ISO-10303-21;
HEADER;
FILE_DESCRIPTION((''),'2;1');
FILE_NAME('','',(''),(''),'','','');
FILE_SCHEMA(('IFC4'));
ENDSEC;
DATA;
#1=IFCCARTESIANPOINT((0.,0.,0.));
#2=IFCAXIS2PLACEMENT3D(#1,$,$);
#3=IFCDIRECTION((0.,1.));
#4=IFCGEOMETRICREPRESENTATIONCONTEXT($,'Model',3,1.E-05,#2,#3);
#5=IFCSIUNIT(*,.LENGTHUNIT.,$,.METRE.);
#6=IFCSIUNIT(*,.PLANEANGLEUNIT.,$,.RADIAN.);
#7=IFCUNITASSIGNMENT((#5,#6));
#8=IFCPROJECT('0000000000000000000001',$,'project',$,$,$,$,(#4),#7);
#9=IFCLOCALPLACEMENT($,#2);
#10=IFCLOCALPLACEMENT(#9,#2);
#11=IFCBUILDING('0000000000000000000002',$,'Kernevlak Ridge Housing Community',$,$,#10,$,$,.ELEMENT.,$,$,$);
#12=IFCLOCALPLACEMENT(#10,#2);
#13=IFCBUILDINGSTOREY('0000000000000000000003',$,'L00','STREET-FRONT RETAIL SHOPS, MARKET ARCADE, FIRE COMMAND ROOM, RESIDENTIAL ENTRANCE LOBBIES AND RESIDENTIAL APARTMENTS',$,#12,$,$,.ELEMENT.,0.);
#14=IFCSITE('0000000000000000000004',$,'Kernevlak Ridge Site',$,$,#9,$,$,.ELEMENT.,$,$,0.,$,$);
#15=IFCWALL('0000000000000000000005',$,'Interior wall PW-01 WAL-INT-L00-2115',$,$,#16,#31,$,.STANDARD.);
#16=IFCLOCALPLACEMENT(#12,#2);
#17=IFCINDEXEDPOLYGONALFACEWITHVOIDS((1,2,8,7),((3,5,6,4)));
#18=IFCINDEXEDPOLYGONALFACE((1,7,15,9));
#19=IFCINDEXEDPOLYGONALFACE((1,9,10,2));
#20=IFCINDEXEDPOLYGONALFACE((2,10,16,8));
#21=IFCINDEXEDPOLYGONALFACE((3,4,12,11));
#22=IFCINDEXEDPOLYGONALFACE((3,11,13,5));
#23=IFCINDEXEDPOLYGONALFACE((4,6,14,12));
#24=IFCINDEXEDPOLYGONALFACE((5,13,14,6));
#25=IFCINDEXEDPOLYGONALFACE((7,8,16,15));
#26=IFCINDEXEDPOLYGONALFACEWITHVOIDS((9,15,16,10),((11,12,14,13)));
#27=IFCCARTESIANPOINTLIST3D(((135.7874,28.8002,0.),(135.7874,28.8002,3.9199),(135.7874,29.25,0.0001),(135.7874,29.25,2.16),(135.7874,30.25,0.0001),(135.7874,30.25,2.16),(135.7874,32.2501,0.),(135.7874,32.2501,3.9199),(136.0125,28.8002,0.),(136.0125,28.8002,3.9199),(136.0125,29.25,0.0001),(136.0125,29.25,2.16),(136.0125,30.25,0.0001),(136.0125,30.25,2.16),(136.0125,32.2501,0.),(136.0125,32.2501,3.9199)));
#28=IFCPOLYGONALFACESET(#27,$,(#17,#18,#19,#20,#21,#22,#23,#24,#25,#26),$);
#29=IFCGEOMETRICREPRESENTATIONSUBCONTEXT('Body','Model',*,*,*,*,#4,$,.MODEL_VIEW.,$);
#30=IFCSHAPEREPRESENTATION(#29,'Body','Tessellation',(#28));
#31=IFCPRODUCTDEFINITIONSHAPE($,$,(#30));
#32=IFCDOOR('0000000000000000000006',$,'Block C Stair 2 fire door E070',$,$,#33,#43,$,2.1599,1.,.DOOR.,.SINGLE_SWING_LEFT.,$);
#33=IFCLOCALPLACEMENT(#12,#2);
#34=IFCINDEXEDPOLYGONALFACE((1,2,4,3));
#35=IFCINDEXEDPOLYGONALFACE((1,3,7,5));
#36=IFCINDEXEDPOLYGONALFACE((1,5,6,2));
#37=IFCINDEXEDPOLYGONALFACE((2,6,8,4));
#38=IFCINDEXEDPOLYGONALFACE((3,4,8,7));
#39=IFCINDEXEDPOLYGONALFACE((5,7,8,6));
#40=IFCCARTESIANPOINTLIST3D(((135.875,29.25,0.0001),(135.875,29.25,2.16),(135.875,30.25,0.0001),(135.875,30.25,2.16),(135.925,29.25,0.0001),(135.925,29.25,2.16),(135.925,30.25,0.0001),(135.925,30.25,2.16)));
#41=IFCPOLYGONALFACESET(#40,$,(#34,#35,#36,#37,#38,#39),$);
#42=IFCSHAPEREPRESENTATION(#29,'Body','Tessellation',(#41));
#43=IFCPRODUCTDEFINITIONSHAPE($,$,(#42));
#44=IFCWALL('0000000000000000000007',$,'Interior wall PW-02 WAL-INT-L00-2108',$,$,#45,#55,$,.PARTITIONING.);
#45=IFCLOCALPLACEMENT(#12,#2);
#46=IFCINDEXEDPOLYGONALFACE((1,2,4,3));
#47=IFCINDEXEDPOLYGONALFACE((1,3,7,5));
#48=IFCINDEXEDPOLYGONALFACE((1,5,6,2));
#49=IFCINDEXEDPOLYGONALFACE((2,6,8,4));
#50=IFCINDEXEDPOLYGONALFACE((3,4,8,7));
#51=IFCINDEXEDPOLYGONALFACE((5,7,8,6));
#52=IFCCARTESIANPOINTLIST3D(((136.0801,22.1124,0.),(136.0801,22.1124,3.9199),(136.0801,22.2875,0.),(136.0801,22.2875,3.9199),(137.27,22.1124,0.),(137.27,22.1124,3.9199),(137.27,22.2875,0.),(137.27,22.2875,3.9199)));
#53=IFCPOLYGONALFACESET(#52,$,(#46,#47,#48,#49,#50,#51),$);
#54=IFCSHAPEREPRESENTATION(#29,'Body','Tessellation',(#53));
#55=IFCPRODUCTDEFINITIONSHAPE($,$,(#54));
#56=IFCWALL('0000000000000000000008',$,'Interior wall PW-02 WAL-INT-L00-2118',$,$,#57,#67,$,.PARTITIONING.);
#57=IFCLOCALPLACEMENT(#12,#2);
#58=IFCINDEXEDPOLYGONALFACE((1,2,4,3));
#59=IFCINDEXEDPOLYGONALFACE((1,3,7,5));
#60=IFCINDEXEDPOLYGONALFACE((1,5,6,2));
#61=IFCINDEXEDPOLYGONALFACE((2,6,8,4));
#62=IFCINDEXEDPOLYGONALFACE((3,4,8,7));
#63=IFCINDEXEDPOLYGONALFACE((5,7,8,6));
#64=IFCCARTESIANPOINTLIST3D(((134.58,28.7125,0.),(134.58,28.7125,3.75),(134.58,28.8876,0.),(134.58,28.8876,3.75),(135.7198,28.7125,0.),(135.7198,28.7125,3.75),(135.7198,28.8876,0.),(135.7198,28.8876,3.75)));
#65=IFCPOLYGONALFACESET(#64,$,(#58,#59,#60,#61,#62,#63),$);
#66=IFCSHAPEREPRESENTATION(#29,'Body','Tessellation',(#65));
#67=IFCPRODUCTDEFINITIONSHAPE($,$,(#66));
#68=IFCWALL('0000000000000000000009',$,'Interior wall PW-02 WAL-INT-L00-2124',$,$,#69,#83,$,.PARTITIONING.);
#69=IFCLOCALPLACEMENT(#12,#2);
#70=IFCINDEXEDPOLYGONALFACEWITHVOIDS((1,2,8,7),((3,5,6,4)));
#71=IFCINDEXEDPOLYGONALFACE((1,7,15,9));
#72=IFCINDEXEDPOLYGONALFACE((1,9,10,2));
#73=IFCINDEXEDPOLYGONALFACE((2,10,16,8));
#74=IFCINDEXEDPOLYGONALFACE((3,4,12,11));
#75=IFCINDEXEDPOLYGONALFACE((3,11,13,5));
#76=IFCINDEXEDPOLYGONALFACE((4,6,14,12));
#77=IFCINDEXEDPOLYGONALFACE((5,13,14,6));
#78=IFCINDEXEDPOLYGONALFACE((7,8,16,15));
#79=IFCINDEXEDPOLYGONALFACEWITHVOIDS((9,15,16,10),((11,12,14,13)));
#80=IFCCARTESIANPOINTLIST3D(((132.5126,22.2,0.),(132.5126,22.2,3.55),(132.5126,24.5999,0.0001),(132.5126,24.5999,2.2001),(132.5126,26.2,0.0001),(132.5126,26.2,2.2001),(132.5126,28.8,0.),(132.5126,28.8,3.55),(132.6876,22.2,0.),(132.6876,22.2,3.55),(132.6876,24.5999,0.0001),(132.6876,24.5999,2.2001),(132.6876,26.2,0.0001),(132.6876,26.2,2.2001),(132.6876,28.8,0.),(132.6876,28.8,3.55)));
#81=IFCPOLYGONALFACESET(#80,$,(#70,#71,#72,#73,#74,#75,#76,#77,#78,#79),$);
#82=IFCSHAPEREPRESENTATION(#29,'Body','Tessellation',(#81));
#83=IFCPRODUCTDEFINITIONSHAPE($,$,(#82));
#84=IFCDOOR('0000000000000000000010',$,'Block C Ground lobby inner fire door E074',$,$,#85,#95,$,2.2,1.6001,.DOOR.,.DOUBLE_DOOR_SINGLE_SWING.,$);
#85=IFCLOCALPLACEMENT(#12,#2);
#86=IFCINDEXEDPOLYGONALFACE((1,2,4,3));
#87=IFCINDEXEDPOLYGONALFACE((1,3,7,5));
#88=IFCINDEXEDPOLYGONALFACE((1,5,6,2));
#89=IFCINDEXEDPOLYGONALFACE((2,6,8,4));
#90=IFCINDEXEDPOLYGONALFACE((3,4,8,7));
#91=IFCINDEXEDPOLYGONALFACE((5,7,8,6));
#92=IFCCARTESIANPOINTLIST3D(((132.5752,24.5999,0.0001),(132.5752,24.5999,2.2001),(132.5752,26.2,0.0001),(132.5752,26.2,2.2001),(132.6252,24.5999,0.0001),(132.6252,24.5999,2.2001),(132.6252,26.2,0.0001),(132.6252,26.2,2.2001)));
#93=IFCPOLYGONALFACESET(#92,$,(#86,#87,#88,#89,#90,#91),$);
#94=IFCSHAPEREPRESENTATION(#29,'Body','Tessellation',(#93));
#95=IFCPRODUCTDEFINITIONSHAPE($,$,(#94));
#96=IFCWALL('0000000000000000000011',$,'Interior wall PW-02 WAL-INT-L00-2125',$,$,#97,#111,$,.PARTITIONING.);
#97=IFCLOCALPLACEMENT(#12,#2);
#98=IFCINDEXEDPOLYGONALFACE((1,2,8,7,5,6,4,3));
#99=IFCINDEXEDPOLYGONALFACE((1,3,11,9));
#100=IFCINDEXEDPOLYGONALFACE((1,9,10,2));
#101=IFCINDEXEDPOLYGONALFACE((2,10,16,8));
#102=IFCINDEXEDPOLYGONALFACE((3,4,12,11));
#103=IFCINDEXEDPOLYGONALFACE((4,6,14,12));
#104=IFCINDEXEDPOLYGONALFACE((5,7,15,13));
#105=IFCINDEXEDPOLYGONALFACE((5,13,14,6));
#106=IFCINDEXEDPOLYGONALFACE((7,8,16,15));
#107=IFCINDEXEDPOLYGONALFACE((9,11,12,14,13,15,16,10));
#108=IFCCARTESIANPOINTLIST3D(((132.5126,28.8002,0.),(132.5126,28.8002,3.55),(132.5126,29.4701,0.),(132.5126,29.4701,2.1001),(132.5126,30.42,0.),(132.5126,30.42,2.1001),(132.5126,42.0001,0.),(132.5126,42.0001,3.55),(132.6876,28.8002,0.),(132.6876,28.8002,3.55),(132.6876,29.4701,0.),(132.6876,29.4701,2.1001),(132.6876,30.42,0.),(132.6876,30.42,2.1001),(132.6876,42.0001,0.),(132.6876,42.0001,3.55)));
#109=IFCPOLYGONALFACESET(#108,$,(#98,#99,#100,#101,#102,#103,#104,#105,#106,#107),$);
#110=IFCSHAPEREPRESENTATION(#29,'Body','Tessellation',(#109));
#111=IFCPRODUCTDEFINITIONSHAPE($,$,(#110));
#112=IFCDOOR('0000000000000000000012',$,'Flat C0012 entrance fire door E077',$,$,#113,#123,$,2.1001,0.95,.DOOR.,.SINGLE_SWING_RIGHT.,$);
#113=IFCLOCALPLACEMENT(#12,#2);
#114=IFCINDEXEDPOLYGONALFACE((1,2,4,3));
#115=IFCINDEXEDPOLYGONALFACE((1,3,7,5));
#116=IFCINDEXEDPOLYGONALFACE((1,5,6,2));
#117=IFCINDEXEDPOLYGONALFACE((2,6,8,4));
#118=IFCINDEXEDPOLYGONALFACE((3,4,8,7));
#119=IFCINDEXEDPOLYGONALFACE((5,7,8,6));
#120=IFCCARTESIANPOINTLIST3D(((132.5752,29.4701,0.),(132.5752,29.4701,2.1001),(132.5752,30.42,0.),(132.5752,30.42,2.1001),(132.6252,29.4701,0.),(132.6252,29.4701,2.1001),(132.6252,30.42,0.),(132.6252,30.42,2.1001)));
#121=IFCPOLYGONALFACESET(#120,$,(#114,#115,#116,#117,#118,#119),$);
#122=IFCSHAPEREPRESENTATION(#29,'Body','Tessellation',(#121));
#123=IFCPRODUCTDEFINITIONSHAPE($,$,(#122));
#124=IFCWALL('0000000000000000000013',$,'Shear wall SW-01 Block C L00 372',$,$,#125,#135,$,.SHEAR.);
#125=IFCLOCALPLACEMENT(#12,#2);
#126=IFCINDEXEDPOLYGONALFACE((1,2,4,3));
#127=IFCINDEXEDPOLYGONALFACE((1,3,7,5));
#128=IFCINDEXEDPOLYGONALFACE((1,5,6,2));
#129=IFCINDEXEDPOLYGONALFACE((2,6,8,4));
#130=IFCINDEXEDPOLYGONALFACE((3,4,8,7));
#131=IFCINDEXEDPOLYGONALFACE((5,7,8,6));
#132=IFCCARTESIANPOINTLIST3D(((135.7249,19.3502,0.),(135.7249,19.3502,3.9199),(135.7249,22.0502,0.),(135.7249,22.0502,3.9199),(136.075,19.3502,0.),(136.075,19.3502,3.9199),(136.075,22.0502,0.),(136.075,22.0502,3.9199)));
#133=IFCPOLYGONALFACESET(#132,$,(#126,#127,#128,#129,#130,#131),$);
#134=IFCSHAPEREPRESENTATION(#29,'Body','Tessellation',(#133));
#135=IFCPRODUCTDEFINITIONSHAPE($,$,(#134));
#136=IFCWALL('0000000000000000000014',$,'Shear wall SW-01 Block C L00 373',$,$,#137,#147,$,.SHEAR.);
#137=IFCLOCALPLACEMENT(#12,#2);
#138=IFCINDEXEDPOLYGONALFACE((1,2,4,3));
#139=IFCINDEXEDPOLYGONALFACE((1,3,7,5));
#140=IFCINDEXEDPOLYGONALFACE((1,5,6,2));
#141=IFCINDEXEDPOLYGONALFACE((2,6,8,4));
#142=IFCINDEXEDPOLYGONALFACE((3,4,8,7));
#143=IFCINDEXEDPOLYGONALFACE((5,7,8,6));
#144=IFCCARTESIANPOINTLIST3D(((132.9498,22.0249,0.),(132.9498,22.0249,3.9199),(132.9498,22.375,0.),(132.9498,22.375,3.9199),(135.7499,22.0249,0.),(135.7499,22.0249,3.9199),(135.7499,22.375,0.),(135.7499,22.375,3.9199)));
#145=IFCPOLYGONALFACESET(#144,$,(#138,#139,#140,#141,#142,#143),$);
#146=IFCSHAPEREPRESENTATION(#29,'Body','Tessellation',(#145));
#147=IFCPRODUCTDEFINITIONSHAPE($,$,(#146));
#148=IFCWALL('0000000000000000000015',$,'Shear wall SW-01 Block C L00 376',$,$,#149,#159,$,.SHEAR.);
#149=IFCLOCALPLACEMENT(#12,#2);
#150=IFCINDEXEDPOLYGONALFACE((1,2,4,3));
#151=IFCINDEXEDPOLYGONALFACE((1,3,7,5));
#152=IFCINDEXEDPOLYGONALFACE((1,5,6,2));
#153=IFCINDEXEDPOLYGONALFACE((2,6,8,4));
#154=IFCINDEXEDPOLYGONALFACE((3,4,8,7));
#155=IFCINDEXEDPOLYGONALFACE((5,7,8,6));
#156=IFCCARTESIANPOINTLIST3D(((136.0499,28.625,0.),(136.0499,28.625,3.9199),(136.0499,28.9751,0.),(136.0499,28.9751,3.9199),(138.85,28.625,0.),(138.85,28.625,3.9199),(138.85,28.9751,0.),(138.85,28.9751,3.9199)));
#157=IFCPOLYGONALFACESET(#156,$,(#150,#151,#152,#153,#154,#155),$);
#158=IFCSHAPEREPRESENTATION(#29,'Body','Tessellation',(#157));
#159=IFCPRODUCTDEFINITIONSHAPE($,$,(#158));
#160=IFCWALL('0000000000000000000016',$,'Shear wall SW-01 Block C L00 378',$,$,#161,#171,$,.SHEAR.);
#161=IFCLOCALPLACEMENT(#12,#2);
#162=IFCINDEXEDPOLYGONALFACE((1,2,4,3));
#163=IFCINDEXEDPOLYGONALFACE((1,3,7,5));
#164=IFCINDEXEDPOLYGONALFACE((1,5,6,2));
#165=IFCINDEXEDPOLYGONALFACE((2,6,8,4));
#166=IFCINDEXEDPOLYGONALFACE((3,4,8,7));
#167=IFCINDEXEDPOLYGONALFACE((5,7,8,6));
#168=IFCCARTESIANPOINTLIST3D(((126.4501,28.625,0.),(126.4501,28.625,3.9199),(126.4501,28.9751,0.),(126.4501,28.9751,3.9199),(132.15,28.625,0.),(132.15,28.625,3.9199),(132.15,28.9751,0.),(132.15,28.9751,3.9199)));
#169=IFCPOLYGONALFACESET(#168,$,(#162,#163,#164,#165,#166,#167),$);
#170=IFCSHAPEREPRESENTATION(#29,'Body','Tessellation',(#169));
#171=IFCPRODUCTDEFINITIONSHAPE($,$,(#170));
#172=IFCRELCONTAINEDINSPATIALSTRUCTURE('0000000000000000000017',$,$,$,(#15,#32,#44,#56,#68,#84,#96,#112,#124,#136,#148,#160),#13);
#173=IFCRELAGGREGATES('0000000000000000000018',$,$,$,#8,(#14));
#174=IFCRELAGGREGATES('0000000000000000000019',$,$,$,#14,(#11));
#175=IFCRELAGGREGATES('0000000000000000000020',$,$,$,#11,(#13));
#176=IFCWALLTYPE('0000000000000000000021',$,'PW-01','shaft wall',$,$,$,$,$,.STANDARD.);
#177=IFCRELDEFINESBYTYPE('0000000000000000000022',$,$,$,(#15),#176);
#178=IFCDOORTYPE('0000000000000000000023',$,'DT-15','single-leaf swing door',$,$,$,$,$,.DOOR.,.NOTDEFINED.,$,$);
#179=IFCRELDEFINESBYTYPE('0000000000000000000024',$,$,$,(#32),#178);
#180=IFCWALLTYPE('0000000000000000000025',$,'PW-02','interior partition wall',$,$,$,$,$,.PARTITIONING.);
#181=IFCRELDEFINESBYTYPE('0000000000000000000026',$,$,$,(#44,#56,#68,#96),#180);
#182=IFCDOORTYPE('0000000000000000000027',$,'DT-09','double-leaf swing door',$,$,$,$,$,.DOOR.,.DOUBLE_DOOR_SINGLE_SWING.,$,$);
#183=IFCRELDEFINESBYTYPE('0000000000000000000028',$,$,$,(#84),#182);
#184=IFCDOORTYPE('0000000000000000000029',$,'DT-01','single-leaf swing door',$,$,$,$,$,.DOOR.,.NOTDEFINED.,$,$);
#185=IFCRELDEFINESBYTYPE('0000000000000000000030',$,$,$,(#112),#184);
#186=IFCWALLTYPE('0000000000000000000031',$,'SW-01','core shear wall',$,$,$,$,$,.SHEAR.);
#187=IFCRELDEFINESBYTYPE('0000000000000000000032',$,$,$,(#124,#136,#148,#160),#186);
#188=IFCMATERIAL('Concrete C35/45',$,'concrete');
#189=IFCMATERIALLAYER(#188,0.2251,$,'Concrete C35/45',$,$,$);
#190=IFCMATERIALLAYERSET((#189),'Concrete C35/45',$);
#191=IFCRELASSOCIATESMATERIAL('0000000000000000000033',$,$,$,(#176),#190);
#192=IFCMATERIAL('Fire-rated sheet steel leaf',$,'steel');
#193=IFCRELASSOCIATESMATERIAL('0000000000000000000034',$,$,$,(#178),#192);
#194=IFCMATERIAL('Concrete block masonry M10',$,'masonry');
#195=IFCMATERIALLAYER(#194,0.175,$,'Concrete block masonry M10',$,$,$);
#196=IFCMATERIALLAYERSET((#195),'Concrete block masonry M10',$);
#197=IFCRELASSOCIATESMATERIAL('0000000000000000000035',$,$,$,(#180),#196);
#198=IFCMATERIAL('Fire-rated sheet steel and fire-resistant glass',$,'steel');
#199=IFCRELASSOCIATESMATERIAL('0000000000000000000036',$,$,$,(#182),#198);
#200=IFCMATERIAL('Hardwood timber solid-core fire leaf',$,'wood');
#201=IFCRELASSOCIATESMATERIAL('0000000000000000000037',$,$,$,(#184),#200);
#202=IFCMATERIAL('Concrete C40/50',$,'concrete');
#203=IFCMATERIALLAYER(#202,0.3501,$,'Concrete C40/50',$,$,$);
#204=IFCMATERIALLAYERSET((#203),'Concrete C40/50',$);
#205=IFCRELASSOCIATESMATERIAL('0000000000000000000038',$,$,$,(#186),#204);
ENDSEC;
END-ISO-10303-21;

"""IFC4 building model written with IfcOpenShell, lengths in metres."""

from ifc_helpers import new_model, si_unit, direction, frame, frame_2d, origin, place, context, subcontext, project, spatial, rectangle, extrude, material, layer, layer_set, type_object, element, fill, save


model = new_model("IFC4")

# Units and contexts
model_context = context("Model", 3, precision=1e-05, world=origin(), true_north=direction((0.0, 1.0)))
body_context = subcontext(model_context, "Body", "Model", "MODEL_VIEW")
ifc_project = project(units=[si_unit("LENGTHUNIT", "METRE"), si_unit("PLANEANGLEUNIT", "RADIAN")], contexts=[model_context])

# Site, building, storey
site_placement = place(None, origin())
site = spatial("IfcSite", under=ifc_project, at=site_placement, Name="Kernevlak Ridge Site", CompositionType="ELEMENT", RefElevation=0.0)
building_placement = place(site_placement, origin())
building = spatial("IfcBuilding", under=site, at=building_placement, Name="Kernevlak Ridge Housing Community", CompositionType="ELEMENT")
storey_placement = place(building_placement, origin())
storey = spatial("IfcBuildingStorey", under=building, at=storey_placement, Name="L00", Description="STREET-FRONT RETAIL SHOPS, MARKET ARCADE, FIRE COMMAND ROOM, RESIDENTIAL ENTRANCE LOBBIES AND RESIDENTIAL APARTMENTS", CompositionType="ELEMENT", Elevation=0.0)

# Shared definitions
ifc_material_1 = material(Name="Concrete C40/50", Category="concrete")

# Shared definitions
ifc_material_2 = material(Name="Concrete C35/45", Category="concrete")

# Shared definitions
ifc_layer_1 = layer(ifc_material_2, 0.2251, Name="Concrete C35/45")
ifc_layer_set_1 = layer_set([ifc_layer_1], Name="Concrete C35/45")
wall_type_1 = type_object("IfcWallType", Name="PW-01", Description="shaft wall", PredefinedType="STANDARD", material=ifc_layer_set_1)

# Wall, opening, door
wall_1_placement = place(storey_placement, frame((135.8999, 28.8, 0.0), z_axis=(0.0, 0.0, 1.0), x_axis=(0.0, 1.0, 0.0)))
wall_1 = element("IfcWall", 1, at=wall_1_placement, inside=storey, type_object=wall_type_1, Name="Interior wall PW-01 WAL-INT-L00-2115", PredefinedType="STANDARD", context=body_context, shape_type="SweptSolid", body=[
    extrude(rectangle(XDim=3.45, YDim=0.2251, at=frame_2d((1.7251, 0.0))), origin(), (0.0, 0.0, 1.0), 3.9199),
])
opening_1_placement = place(wall_1_placement, frame((0.45, 0.0, 0.0)))
opening_1 = element("IfcOpeningElement", 2, at=opening_1_placement, cuts=wall_1, PredefinedType="OPENING", context=body_context, shape_type="SweptSolid", body=[
    extrude(rectangle(XDim=1.0, YDim=2.1599, at=frame_2d((0.5, 1.0801))), frame((0.0, 0.1226, 0.0), z_axis=(0.0, -1.0, 0.0), x_axis=(1.0, 0.0, 0.0)), (0.0, 0.0, 1.0), 0.2451),
])
ifc_material_3 = material(Name="Fire-rated sheet steel leaf", Category="steel")
door_type_1 = type_object("IfcDoorType", Name="DT-15", Description="single-leaf swing door", OperationType="NOTDEFINED", PredefinedType="DOOR", material=ifc_material_3)
door_1_placement = place(opening_1_placement, origin())
door_1 = element("IfcDoor", 3, at=door_1_placement, inside=storey, type_object=door_type_1, Name="Block C Stair 2 fire door E070", OperationType="SINGLE_SWING_LEFT", OverallHeight=2.1599, OverallWidth=1.0, PredefinedType="DOOR", context=body_context, shape_type="SweptSolid", body=[
    extrude(rectangle(XDim=1.0, YDim=2.1599, at=frame_2d((0.5, 1.0801))), frame((0.0, 0.0249, 0.0), z_axis=(0.0, -1.0, 0.0), x_axis=(1.0, 0.0, 0.0)), (0.0, 0.0, 1.0), 0.05),
])
fill(opening_1, door_1)

# Wall
ifc_material_4 = material(Name="Concrete block masonry M10", Category="masonry")
ifc_layer_2 = layer(ifc_material_4, 0.175, Name="Concrete block masonry M10")
ifc_layer_set_2 = layer_set([ifc_layer_2], Name="Concrete block masonry M10")
wall_type_2 = type_object("IfcWallType", Name="PW-02", Description="interior partition wall", PredefinedType="PARTITIONING", material=ifc_layer_set_2)
wall_2_placement = place(storey_placement, frame((136.0801, 22.2, 0.0), z_axis=(0.0, 0.0, 1.0), x_axis=(1.0, 0.0, 0.0)))
element("IfcWall", 4, at=wall_2_placement, inside=storey, type_object=wall_type_2, Name="Interior wall PW-02 WAL-INT-L00-2108", PredefinedType="PARTITIONING", context=body_context, shape_type="SweptSolid", body=[
    extrude(rectangle(XDim=1.1899, YDim=0.175, at=frame_2d((0.595, 0.0))), origin(), (0.0, 0.0, 1.0), 3.9199),
])

# Wall
wall_3_placement = place(storey_placement, frame((134.5801, 28.8, 0.0), z_axis=(0.0, 0.0, 1.0), x_axis=(1.0, 0.0, 0.0)))
element("IfcWall", 5, at=wall_3_placement, inside=storey, type_object=wall_type_2, Name="Interior wall PW-02 WAL-INT-L00-2118", PredefinedType="PARTITIONING", context=body_context, shape_type="SweptSolid", body=[
    extrude(rectangle(XDim=1.1399, YDim=0.175, at=frame_2d((0.5698, 0.0))), origin(), (0.0, 0.0, 1.0), 3.75),
])

# Walls, openings, doors
wall_4_placement = place(storey_placement, frame((132.6001, 22.2, 0.0), z_axis=(0.0, 0.0, 1.0), x_axis=(0.0, 1.0, 0.0)))
wall_4 = element("IfcWall", 6, at=wall_4_placement, inside=storey, type_object=wall_type_2, Name="Interior wall PW-02 WAL-INT-L00-2124", PredefinedType="PARTITIONING", context=body_context, shape_type="SweptSolid", body=[
    extrude(rectangle(XDim=6.6001, YDim=0.175, at=frame_2d((3.3, 0.0))), origin(), (0.0, 0.0, 1.0), 3.55),
])
opening_2_placement = place(wall_4_placement, frame((2.3999, 0.0, 0.0)))
opening_2 = element("IfcOpeningElement", 7, at=opening_2_placement, cuts=wall_4, PredefinedType="OPENING", context=body_context, shape_type="SweptSolid", body=[
    extrude(rectangle(XDim=1.6001, YDim=2.2, at=frame_2d((0.8, 1.1001))), frame((0.0, 0.0974, 0.0), z_axis=(0.0, -1.0, 0.0), x_axis=(1.0, 0.0, 0.0)), (0.0, 0.0, 1.0), 0.1951),
])
ifc_material_5 = material(Name="Fire-rated sheet steel and fire-resistant glass", Category="steel")
door_type_2 = type_object("IfcDoorType", Name="DT-09", Description="double-leaf swing door", OperationType="DOUBLE_DOOR_SINGLE_SWING", PredefinedType="DOOR", material=ifc_material_5)
door_2_placement = place(opening_2_placement, origin())
door_2 = element("IfcDoor", 8, at=door_2_placement, inside=storey, type_object=door_type_2, Name="Block C Ground lobby inner fire door E074", OperationType="DOUBLE_DOOR_SINGLE_SWING", OverallHeight=2.2, OverallWidth=1.6001, PredefinedType="DOOR", context=body_context, shape_type="SweptSolid", body=[
    extrude(rectangle(XDim=1.6001, YDim=2.2, at=frame_2d((0.8, 1.1001))), frame((0.0, 0.0249, 0.0), z_axis=(0.0, -1.0, 0.0), x_axis=(1.0, 0.0, 0.0)), (0.0, 0.0, 1.0), 0.05),
])
fill(opening_2, door_2)
wall_5_placement = place(storey_placement, frame((132.6001, 28.8, 0.0), z_axis=(0.0, 0.0, 1.0), x_axis=(0.0, 1.0, 0.0)))
wall_5 = element("IfcWall", 9, at=wall_5_placement, inside=storey, type_object=wall_type_2, Name="Interior wall PW-02 WAL-INT-L00-2125", PredefinedType="PARTITIONING", context=body_context, shape_type="SweptSolid", body=[
    extrude(rectangle(XDim=13.2, YDim=0.175, at=frame_2d((6.6001, 0.0))), origin(), (0.0, 0.0, 1.0), 3.55),
])
opening_3_placement = place(wall_5_placement, frame((0.6699, 0.0, 0.0)))
opening_3 = element("IfcOpeningElement", 10, at=opening_3_placement, cuts=wall_5, PredefinedType="OPENING", context=body_context, shape_type="SweptSolid", body=[
    extrude(rectangle(XDim=0.95, YDim=2.1001, at=frame_2d((0.4751, 1.05))), frame((0.0, 0.0974, 0.0), z_axis=(0.0, -1.0, 0.0), x_axis=(1.0, 0.0, 0.0)), (0.0, 0.0, 1.0), 0.1951),
])
ifc_material_6 = material(Name="Hardwood timber solid-core fire leaf", Category="wood")
door_type_3 = type_object("IfcDoorType", Name="DT-01", Description="single-leaf swing door", OperationType="NOTDEFINED", PredefinedType="DOOR", material=ifc_material_6)
door_3_placement = place(opening_3_placement, origin())
door_3 = element("IfcDoor", 11, at=door_3_placement, inside=storey, type_object=door_type_3, Name="Flat C0012 entrance fire door E077", OperationType="SINGLE_SWING_RIGHT", OverallHeight=2.1001, OverallWidth=0.95, PredefinedType="DOOR", context=body_context, shape_type="SweptSolid", body=[
    extrude(rectangle(XDim=0.95, YDim=2.1001, at=frame_2d((0.4751, 1.05))), frame((0.0, 0.0249, 0.0), z_axis=(0.0, -1.0, 0.0), x_axis=(1.0, 0.0, 0.0)), (0.0, 0.0, 1.0), 0.05),
])
fill(opening_3, door_3)

# Walls
ifc_layer_3 = layer(ifc_material_1, 0.3501, Name="Concrete C40/50")
ifc_layer_set_3 = layer_set([ifc_layer_3], Name="Concrete C40/50")
wall_type_3 = type_object("IfcWallType", Name="SW-01", Description="core shear wall", PredefinedType="SHEAR", material=ifc_layer_set_3)
wall_6_placement = place(storey_placement, frame((135.8999, 19.3501, 0.0), z_axis=(0.0, 0.0, 1.0), x_axis=(0.0, 1.0, 0.0)))
element("IfcWall", 12, at=wall_6_placement, inside=storey, type_object=wall_type_3, Name="Shear wall SW-01 Block C L00 372", PredefinedType="SHEAR", context=body_context, shape_type="SweptSolid", body=[
    extrude(rectangle(XDim=2.7, YDim=0.3501, at=frame_2d((1.3501, 0.0))), origin(), (0.0, 0.0, 1.0), 3.9199),
])
for number, where, z_axis, x_axis, name in (
    (13, (132.95, 22.2, 0.0), (0.0, 0.0, 1.0), (1.0, 0.0, 0.0), "Shear wall SW-01 Block C L00 373"),
    (14, (136.05, 28.8, 0.0), (0.0, 0.0, 1.0), (1.0, 0.0, 0.0), "Shear wall SW-01 Block C L00 376"),
):
    element("IfcWall", number, at=place(storey_placement, frame(where, z_axis=z_axis, x_axis=x_axis)), inside=storey, type_object=wall_type_3, Name=name, PredefinedType="SHEAR", context=body_context, shape_type="SweptSolid", body=[
        extrude(rectangle(XDim=2.8, YDim=0.3501, at=frame_2d((1.3999, 0.0))), origin(), (0.0, 0.0, 1.0), 3.9199),
    ])
wall_7_placement = place(storey_placement, frame((126.45, 28.8, 0.0), z_axis=(0.0, 0.0, 1.0), x_axis=(1.0, 0.0, 0.0)))
element("IfcWall", 15, at=wall_7_placement, inside=storey, type_object=wall_type_3, Name="Shear wall SW-01 Block C L00 378", PredefinedType="SHEAR", context=body_context, shape_type="SweptSolid", body=[
    extrude(rectangle(XDim=5.7, YDim=0.3501, at=frame_2d((2.8501, 0.0))), origin(), (0.0, 0.0, 1.0), 3.9199),
])

save(model, "model.ifc")
